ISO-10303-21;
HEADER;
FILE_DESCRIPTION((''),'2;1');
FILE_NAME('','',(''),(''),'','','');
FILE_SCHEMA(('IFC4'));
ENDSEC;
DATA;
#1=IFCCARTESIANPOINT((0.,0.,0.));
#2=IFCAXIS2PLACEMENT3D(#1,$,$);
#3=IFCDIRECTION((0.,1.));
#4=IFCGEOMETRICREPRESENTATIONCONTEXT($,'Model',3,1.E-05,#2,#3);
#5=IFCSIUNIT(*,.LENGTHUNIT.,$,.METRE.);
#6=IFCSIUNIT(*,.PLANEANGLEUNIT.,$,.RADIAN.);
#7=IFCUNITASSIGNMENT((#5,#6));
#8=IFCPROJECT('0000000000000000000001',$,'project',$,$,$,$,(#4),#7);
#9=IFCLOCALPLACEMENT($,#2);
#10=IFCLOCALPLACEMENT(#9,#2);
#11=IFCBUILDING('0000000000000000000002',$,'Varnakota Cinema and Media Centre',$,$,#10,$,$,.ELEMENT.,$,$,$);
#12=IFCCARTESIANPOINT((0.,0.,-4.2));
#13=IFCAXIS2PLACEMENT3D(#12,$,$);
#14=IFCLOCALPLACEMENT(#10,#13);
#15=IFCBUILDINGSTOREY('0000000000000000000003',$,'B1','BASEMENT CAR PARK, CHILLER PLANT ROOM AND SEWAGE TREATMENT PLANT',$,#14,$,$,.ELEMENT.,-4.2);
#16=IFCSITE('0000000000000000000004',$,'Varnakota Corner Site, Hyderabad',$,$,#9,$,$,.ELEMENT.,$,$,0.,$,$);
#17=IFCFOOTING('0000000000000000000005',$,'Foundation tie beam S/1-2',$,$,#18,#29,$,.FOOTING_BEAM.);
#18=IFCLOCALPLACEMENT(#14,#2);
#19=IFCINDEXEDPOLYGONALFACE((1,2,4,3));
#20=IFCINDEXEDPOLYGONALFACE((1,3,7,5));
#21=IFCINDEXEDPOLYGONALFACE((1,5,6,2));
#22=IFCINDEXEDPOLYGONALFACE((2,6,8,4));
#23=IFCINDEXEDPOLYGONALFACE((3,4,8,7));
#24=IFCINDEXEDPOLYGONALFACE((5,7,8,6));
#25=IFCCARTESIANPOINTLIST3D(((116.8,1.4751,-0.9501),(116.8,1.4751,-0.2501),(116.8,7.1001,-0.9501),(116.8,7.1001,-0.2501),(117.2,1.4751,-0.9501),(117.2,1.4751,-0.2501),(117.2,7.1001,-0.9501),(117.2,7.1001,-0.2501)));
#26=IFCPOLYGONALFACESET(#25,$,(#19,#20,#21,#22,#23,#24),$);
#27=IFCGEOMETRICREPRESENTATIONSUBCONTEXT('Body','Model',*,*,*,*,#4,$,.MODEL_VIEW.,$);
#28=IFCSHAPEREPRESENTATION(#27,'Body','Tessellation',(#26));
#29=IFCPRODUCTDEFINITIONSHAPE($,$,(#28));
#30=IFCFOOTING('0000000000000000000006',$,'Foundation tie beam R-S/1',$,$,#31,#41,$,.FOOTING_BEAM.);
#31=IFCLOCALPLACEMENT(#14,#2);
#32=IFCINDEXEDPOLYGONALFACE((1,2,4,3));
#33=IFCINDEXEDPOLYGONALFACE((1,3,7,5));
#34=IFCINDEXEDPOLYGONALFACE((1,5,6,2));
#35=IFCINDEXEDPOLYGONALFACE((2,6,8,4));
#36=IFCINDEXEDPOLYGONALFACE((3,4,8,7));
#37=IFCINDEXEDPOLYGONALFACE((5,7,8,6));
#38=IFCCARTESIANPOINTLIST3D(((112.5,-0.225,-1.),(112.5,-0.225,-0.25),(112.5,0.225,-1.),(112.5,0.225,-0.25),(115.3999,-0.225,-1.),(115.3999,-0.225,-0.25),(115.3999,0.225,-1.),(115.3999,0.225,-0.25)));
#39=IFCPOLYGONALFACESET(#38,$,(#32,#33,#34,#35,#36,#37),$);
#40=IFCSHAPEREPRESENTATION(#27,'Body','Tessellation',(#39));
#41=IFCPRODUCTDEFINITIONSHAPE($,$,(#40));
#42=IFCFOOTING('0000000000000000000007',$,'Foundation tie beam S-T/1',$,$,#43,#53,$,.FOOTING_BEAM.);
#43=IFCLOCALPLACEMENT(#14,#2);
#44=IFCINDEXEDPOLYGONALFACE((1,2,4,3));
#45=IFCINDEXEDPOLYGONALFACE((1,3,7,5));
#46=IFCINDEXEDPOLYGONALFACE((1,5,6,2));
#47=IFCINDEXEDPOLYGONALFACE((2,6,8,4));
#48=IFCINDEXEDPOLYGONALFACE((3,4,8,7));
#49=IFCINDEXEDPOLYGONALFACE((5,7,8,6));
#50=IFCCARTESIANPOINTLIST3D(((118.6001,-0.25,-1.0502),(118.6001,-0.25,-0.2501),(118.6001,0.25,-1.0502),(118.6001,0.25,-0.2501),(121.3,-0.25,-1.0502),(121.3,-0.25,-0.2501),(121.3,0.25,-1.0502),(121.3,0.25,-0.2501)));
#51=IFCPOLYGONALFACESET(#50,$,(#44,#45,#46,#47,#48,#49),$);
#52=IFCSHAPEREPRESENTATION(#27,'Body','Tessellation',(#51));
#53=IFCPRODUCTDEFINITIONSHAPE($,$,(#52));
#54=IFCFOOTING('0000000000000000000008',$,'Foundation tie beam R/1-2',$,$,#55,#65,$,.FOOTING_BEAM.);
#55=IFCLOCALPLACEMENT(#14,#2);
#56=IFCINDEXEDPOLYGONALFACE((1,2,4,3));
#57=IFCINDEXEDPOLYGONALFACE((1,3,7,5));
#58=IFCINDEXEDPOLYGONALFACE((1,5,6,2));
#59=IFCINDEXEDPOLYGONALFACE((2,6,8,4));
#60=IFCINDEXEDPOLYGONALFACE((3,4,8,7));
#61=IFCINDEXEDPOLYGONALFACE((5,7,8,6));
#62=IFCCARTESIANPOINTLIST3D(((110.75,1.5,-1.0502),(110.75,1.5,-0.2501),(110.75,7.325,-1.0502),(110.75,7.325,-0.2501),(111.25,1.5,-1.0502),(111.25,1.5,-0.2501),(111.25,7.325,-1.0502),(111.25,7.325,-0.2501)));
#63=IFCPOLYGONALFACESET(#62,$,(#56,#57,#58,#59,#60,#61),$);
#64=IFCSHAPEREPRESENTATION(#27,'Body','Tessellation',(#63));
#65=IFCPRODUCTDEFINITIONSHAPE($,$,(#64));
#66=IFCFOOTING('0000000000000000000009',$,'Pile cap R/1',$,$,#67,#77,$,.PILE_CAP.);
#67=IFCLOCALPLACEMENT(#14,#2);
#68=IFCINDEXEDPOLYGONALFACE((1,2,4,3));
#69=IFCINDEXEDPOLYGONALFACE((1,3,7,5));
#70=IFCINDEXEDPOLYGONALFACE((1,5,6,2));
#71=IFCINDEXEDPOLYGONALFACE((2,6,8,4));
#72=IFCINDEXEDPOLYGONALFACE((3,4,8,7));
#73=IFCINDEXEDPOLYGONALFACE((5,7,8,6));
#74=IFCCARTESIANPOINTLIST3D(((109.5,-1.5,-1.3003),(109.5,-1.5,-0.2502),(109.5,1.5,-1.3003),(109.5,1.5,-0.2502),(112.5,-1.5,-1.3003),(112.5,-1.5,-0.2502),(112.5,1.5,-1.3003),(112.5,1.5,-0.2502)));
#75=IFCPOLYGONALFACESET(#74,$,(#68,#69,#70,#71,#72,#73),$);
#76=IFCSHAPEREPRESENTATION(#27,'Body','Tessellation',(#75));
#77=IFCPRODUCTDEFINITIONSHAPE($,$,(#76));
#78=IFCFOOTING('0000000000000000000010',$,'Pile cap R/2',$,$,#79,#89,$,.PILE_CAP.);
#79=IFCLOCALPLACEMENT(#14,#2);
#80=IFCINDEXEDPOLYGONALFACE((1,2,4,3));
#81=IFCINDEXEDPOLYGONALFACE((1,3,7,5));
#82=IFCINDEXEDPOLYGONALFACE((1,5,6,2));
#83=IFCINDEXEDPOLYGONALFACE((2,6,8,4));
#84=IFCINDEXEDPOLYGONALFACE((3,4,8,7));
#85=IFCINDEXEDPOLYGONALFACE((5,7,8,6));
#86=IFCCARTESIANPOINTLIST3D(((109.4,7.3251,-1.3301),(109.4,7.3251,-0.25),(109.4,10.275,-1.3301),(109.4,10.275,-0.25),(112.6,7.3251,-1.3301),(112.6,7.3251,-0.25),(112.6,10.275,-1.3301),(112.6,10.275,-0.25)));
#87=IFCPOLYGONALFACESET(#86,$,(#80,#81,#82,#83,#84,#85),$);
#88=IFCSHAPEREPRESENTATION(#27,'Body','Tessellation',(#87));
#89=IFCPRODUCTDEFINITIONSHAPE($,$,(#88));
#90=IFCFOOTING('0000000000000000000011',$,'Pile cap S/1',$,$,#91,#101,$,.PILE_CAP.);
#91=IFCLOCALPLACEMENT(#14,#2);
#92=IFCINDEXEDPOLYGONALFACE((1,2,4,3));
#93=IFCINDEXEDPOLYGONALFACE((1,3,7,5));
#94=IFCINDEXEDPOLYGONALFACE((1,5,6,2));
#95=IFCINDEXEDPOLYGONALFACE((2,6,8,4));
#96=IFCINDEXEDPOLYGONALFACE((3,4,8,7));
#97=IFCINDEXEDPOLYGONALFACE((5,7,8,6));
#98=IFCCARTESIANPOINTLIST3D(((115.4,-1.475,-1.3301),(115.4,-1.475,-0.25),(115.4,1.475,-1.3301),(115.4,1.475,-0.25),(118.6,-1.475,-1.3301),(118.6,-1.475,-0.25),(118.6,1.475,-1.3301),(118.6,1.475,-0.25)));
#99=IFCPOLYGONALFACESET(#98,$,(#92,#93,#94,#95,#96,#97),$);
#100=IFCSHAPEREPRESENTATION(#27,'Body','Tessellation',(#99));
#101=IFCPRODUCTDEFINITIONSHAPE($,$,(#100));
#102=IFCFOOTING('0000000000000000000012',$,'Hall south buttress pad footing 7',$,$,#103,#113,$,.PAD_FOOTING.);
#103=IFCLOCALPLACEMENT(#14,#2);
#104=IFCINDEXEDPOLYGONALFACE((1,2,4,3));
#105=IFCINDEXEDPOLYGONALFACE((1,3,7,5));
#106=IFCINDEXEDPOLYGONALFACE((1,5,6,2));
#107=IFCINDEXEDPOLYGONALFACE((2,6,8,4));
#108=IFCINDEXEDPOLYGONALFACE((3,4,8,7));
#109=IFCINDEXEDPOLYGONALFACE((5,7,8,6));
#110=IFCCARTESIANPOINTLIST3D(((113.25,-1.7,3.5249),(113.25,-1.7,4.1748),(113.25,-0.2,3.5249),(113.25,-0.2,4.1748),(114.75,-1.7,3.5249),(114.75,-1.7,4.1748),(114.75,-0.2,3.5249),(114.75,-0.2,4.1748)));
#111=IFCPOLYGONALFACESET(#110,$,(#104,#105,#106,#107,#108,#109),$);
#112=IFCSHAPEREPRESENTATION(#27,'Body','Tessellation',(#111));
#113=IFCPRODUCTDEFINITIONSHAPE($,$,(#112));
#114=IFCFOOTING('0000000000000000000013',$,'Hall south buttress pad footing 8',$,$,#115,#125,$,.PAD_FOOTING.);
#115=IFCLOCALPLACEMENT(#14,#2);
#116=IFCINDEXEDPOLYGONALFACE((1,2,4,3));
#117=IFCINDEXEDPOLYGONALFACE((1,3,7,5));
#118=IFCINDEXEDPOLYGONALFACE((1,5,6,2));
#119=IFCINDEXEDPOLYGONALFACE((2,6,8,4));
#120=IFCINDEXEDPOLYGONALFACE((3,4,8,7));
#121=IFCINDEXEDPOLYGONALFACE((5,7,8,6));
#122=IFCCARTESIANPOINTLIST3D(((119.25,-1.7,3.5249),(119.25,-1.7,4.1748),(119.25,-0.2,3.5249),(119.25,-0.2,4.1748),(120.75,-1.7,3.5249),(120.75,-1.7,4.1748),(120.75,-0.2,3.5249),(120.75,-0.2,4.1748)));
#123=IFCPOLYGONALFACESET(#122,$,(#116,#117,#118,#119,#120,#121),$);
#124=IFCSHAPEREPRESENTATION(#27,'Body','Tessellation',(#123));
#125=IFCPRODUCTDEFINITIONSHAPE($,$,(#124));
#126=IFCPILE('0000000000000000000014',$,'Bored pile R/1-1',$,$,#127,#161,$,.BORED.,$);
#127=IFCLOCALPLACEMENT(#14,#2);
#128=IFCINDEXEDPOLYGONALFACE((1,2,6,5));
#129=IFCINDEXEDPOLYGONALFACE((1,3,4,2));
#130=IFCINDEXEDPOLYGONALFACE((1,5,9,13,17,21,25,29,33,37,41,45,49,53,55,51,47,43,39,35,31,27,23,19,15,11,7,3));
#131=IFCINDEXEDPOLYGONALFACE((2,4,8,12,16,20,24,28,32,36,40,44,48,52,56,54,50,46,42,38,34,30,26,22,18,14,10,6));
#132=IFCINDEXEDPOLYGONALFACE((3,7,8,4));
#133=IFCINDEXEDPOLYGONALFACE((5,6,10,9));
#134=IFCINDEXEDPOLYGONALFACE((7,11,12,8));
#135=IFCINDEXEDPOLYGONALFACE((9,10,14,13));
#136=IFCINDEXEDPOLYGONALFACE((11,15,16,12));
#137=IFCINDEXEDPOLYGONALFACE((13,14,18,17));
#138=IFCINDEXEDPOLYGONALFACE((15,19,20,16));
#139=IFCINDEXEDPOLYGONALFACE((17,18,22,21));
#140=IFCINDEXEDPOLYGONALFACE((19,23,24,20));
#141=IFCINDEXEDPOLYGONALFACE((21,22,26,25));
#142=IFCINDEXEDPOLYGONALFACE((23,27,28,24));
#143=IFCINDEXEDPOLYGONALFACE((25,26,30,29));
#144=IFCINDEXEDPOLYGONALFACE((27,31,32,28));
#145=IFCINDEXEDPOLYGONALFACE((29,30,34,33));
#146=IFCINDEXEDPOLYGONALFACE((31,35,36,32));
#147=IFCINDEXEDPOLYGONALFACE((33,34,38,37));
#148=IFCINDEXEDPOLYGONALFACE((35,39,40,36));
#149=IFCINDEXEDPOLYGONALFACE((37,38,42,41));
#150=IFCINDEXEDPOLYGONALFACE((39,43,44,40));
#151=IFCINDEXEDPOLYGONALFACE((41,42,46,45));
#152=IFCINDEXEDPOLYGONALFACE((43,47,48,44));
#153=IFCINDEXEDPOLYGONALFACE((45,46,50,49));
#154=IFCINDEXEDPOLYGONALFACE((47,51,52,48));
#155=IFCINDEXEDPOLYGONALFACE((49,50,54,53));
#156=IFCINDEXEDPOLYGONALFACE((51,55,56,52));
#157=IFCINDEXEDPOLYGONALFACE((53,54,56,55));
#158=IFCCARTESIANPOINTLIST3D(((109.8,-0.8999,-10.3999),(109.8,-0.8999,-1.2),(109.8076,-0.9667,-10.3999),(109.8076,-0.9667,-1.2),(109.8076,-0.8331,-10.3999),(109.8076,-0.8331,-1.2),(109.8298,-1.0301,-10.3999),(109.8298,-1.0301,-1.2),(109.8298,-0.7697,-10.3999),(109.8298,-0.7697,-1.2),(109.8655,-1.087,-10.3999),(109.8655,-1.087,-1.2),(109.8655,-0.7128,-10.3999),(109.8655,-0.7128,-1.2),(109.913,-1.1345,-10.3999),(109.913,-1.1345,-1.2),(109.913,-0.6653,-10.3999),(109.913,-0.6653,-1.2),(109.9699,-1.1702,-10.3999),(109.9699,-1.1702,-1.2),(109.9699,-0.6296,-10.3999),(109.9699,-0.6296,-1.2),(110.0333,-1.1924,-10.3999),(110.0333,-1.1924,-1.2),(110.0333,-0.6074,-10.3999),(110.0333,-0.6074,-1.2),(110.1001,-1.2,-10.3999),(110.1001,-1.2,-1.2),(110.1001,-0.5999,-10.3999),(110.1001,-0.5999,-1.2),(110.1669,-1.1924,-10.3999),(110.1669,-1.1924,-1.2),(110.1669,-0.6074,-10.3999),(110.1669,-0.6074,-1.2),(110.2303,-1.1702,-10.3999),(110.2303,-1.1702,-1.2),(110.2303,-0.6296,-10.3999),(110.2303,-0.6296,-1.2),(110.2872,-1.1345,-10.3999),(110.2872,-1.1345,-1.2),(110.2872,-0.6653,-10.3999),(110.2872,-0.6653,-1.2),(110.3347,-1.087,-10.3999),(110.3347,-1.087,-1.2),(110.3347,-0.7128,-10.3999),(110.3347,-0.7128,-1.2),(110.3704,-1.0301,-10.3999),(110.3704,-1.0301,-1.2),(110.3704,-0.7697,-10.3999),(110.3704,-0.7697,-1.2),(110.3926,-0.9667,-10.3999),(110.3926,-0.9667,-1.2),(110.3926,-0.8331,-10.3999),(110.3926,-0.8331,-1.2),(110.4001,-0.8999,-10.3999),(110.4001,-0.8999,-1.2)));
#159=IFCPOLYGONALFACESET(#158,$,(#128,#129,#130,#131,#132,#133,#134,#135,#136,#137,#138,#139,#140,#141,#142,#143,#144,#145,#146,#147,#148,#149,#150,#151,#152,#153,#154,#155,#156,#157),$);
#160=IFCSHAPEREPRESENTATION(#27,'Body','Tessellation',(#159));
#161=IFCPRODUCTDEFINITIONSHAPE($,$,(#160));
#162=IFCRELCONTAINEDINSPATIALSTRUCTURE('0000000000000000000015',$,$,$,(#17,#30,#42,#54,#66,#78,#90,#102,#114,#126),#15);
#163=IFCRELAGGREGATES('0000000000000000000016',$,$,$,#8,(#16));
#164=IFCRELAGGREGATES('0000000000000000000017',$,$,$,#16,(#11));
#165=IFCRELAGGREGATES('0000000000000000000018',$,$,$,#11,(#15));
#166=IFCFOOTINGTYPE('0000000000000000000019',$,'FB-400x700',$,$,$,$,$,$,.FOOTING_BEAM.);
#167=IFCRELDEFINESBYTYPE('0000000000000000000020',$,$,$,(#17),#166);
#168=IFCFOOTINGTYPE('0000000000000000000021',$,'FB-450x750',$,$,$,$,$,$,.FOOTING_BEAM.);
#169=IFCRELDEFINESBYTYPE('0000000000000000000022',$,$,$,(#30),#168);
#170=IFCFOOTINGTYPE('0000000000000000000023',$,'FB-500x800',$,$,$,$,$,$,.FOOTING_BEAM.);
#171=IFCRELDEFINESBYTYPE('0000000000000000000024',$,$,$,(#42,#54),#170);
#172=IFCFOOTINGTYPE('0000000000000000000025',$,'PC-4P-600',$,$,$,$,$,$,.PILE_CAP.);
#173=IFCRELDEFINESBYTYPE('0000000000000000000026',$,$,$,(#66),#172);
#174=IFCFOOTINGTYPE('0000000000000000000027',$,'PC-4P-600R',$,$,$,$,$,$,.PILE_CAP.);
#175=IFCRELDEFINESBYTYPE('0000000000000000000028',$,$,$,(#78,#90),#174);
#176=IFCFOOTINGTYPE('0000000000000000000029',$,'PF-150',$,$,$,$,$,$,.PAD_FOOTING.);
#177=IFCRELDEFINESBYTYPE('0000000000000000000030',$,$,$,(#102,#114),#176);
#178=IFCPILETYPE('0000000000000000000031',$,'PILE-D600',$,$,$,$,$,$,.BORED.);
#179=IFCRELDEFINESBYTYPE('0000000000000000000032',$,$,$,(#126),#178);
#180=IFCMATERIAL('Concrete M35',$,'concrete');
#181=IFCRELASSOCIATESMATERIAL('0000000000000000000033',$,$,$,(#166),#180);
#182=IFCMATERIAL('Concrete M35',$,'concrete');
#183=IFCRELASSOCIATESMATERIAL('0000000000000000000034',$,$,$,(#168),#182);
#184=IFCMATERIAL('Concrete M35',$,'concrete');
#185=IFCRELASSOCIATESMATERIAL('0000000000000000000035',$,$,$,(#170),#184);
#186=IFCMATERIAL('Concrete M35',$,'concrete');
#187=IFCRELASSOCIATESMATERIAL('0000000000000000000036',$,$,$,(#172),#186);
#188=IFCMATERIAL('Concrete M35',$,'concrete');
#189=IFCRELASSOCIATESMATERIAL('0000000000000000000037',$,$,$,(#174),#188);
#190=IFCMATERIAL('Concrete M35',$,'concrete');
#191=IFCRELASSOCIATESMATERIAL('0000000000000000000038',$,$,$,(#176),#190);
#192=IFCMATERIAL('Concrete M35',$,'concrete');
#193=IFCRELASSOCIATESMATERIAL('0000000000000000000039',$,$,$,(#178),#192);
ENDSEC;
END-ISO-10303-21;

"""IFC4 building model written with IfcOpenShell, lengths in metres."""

from ifc_helpers import new_model, si_unit, direction, frame, origin, origin_2d, place, context, subcontext, project, spatial, rectangle, circle, extrude, material, material_profile, profile_set, type_object, element, save


model = new_model("IFC4")

# Units and contexts
model_context = context("Model", 3, precision=1e-05, world=origin(), true_north=direction((0.0, 1.0)))
body_context = subcontext(model_context, "Body", "Model", "MODEL_VIEW")
ifc_project = project(units=[si_unit("LENGTHUNIT", "METRE"), si_unit("PLANEANGLEUNIT", "RADIAN")], contexts=[model_context])

# Site, building, storey
site_placement = place(None, origin())
site = spatial("IfcSite", under=ifc_project, at=site_placement, Name="Varnakota Corner Site, Hyderabad", CompositionType="ELEMENT", RefElevation=0.0)
building_placement = place(site_placement, origin())
building = spatial("IfcBuilding", under=site, at=building_placement, Name="Varnakota Cinema and Media Centre", CompositionType="ELEMENT")
storey_placement = place(building_placement, frame((0.0, 0.0, -4.2)))
storey = spatial("IfcBuildingStorey", under=building, at=storey_placement, Name="B1", Description="BASEMENT CAR PARK, CHILLER PLANT ROOM AND SEWAGE TREATMENT PLANT", CompositionType="ELEMENT", Elevation=-4.2)

# Footings
ifc_material_1 = material(Name="Concrete M35", Category="concrete")
ifc_material_profile_1 = material_profile(ifc_material_1, rectangle(XDim=0.3999, YDim=0.7, at=origin_2d()), Name="FB 400x700")
ifc_profile_set_1 = profile_set([ifc_material_profile_1], Name="Concrete M35")
footing_type_1 = type_object("IfcFootingType", Name="FB-400x700", PredefinedType="FOOTING_BEAM", material=ifc_profile_set_1)
footing_1_placement = place(storey_placement, frame((117.0, 1.4751, -0.6001), z_axis=(0.0, 1.0, 0.0), x_axis=(-1.0, 0.0, 0.0)))
element("IfcFooting", 1, at=footing_1_placement, inside=storey, type_object=footing_type_1, Name="Foundation tie beam S/1-2", PredefinedType="FOOTING_BEAM", context=body_context, shape_type="SweptSolid", body=[
    extrude(rectangle(XDim=0.3999, YDim=0.7, at=origin_2d()), origin(), (0.0, 0.0, 1.0), 5.625),
])
ifc_material_2 = material(Name="Concrete M35", Category="concrete")
ifc_material_profile_2 = material_profile(ifc_material_2, rectangle(XDim=0.45, YDim=0.75, at=origin_2d()), Name="FB 450x750")
ifc_profile_set_2 = profile_set([ifc_material_profile_2], Name="Concrete M35")
footing_type_2 = type_object("IfcFootingType", Name="FB-450x750", PredefinedType="FOOTING_BEAM", material=ifc_profile_set_2)
footing_2_placement = place(storey_placement, frame((112.5, 0.0, -0.625), z_axis=(1.0, 0.0, 0.0), x_axis=(0.0, 1.0, 0.0)))
element("IfcFooting", 2, at=footing_2_placement, inside=storey, type_object=footing_type_2, Name="Foundation tie beam R-S/1", PredefinedType="FOOTING_BEAM", context=body_context, shape_type="SweptSolid", body=[
    extrude(rectangle(XDim=0.45, YDim=0.75, at=origin_2d()), origin(), (0.0, 0.0, 1.0), 2.8999),
])
ifc_material_3 = material(Name="Concrete M35", Category="concrete")
ifc_material_profile_3 = material_profile(ifc_material_3, rectangle(XDim=0.5, YDim=0.8, at=origin_2d()), Name="FB 500x800")
ifc_profile_set_3 = profile_set([ifc_material_profile_3], Name="Concrete M35")
footing_type_3 = type_object("IfcFootingType", Name="FB-500x800", PredefinedType="FOOTING_BEAM", material=ifc_profile_set_3)
footing_3_placement = place(storey_placement, frame((118.6001, 0.0, -0.6501), z_axis=(1.0, 0.0, 0.0), x_axis=(0.0, 1.0, 0.0)))
element("IfcFooting", 3, at=footing_3_placement, inside=storey, type_object=footing_type_3, Name="Foundation tie beam S-T/1", PredefinedType="FOOTING_BEAM", context=body_context, shape_type="SweptSolid", body=[
    extrude(rectangle(XDim=0.5, YDim=0.8, at=origin_2d()), origin(), (0.0, 0.0, 1.0), 2.7),
])
footing_4_placement = place(storey_placement, frame((111.0, 1.5, -0.6501), z_axis=(0.0, 1.0, 0.0), x_axis=(-1.0, 0.0, 0.0)))
element("IfcFooting", 4, at=footing_4_placement, inside=storey, type_object=footing_type_3, Name="Foundation tie beam R/1-2", PredefinedType="FOOTING_BEAM", context=body_context, shape_type="SweptSolid", body=[
    extrude(rectangle(XDim=0.5, YDim=0.8, at=origin_2d()), origin(), (0.0, 0.0, 1.0), 5.825),
])
ifc_material_4 = material(Name="Concrete M35", Category="concrete")
footing_type_4 = type_object("IfcFootingType", Name="PC-4P-600", PredefinedType="PILE_CAP", material=ifc_material_4)
footing_5_placement = place(storey_placement, frame((111.0, 0.0, -1.3003), z_axis=(0.0, 0.0, 1.0), x_axis=(1.0, 0.0, 0.0)))
element("IfcFooting", 5, at=footing_5_placement, inside=storey, type_object=footing_type_4, Name="Pile cap R/1", PredefinedType="PILE_CAP", context=body_context, shape_type="SweptSolid", body=[
    extrude(rectangle(XDim=3.0, YDim=3.0, at=origin_2d()), origin(), (0.0, 0.0, 1.0), 1.05),
])
ifc_material_5 = material(Name="Concrete M35", Category="concrete")
footing_type_5 = type_object("IfcFootingType", Name="PC-4P-600R", PredefinedType="PILE_CAP", material=ifc_material_5)
for number, where, z_axis, x_axis, name in (
    (6, (111.0, 8.8, -1.3301), (0.0, 0.0, 1.0), (1.0, 0.0, 0.0), "Pile cap R/2"),
    (7, (117.0, 0.0, -1.3301), (0.0, 0.0, 1.0), (1.0, 0.0, 0.0), "Pile cap S/1"),
):
    element("IfcFooting", number, at=place(storey_placement, frame(where, z_axis=z_axis, x_axis=x_axis)), inside=storey, type_object=footing_type_5, Name=name, PredefinedType="PILE_CAP", context=body_context, shape_type="SweptSolid", body=[
        extrude(rectangle(XDim=3.2, YDim=2.95, at=origin_2d()), origin(), (0.0, 0.0, 1.0), 1.0801),
    ])
ifc_material_6 = material(Name="Concrete M35", Category="concrete")
footing_type_6 = type_object("IfcFootingType", Name="PF-150", PredefinedType="PAD_FOOTING", material=ifc_material_6)
for number, where, z_axis, x_axis, name in (
    (8, (114.0, -0.95, 3.5249), (0.0, 0.0, 1.0), (1.0, 0.0, 0.0), "Hall south buttress pad footing 7"),
    (9, (120.0, -0.95, 3.5249), (0.0, 0.0, 1.0), (1.0, 0.0, 0.0), "Hall south buttress pad footing 8"),
):
    element("IfcFooting", number, at=place(storey_placement, frame(where, z_axis=z_axis, x_axis=x_axis)), inside=storey, type_object=footing_type_6, Name=name, PredefinedType="PAD_FOOTING", context=body_context, shape_type="SweptSolid", body=[
        extrude(rectangle(XDim=1.5, YDim=1.5, at=origin_2d()), origin(), (0.0, 0.0, 1.0), 0.6499),
    ])

# Pile
ifc_material_7 = material(Name="Concrete M35", Category="concrete")
ifc_material_profile_4 = material_profile(ifc_material_7, circle(Radius=0.3, at=origin_2d()), Name="PILE D600")
ifc_profile_set_4 = profile_set([ifc_material_profile_4], Name="Concrete M35")
pile_type_1 = type_object("IfcPileType", Name="PILE-D600", PredefinedType="BORED", material=ifc_profile_set_4)
for number, where, z_axis, x_axis, name in (
    (10, (110.1001, -0.8999, -1.2), (0.0, 0.0, -1.0), (1.0, 0.0, 0.0), "Bored pile R/1-1"),
):
    element("IfcPile", number, at=place(storey_placement, frame(where, z_axis=z_axis, x_axis=x_axis)), inside=storey, type_object=pile_type_1, Name=name, PredefinedType="BORED", context=body_context, shape_type="SweptSolid", body=[
        extrude(circle(Radius=0.3, at=origin_2d()), origin(), (0.0, 0.0, 1.0), 9.2),
    ])

save(model, "model.ifc")
